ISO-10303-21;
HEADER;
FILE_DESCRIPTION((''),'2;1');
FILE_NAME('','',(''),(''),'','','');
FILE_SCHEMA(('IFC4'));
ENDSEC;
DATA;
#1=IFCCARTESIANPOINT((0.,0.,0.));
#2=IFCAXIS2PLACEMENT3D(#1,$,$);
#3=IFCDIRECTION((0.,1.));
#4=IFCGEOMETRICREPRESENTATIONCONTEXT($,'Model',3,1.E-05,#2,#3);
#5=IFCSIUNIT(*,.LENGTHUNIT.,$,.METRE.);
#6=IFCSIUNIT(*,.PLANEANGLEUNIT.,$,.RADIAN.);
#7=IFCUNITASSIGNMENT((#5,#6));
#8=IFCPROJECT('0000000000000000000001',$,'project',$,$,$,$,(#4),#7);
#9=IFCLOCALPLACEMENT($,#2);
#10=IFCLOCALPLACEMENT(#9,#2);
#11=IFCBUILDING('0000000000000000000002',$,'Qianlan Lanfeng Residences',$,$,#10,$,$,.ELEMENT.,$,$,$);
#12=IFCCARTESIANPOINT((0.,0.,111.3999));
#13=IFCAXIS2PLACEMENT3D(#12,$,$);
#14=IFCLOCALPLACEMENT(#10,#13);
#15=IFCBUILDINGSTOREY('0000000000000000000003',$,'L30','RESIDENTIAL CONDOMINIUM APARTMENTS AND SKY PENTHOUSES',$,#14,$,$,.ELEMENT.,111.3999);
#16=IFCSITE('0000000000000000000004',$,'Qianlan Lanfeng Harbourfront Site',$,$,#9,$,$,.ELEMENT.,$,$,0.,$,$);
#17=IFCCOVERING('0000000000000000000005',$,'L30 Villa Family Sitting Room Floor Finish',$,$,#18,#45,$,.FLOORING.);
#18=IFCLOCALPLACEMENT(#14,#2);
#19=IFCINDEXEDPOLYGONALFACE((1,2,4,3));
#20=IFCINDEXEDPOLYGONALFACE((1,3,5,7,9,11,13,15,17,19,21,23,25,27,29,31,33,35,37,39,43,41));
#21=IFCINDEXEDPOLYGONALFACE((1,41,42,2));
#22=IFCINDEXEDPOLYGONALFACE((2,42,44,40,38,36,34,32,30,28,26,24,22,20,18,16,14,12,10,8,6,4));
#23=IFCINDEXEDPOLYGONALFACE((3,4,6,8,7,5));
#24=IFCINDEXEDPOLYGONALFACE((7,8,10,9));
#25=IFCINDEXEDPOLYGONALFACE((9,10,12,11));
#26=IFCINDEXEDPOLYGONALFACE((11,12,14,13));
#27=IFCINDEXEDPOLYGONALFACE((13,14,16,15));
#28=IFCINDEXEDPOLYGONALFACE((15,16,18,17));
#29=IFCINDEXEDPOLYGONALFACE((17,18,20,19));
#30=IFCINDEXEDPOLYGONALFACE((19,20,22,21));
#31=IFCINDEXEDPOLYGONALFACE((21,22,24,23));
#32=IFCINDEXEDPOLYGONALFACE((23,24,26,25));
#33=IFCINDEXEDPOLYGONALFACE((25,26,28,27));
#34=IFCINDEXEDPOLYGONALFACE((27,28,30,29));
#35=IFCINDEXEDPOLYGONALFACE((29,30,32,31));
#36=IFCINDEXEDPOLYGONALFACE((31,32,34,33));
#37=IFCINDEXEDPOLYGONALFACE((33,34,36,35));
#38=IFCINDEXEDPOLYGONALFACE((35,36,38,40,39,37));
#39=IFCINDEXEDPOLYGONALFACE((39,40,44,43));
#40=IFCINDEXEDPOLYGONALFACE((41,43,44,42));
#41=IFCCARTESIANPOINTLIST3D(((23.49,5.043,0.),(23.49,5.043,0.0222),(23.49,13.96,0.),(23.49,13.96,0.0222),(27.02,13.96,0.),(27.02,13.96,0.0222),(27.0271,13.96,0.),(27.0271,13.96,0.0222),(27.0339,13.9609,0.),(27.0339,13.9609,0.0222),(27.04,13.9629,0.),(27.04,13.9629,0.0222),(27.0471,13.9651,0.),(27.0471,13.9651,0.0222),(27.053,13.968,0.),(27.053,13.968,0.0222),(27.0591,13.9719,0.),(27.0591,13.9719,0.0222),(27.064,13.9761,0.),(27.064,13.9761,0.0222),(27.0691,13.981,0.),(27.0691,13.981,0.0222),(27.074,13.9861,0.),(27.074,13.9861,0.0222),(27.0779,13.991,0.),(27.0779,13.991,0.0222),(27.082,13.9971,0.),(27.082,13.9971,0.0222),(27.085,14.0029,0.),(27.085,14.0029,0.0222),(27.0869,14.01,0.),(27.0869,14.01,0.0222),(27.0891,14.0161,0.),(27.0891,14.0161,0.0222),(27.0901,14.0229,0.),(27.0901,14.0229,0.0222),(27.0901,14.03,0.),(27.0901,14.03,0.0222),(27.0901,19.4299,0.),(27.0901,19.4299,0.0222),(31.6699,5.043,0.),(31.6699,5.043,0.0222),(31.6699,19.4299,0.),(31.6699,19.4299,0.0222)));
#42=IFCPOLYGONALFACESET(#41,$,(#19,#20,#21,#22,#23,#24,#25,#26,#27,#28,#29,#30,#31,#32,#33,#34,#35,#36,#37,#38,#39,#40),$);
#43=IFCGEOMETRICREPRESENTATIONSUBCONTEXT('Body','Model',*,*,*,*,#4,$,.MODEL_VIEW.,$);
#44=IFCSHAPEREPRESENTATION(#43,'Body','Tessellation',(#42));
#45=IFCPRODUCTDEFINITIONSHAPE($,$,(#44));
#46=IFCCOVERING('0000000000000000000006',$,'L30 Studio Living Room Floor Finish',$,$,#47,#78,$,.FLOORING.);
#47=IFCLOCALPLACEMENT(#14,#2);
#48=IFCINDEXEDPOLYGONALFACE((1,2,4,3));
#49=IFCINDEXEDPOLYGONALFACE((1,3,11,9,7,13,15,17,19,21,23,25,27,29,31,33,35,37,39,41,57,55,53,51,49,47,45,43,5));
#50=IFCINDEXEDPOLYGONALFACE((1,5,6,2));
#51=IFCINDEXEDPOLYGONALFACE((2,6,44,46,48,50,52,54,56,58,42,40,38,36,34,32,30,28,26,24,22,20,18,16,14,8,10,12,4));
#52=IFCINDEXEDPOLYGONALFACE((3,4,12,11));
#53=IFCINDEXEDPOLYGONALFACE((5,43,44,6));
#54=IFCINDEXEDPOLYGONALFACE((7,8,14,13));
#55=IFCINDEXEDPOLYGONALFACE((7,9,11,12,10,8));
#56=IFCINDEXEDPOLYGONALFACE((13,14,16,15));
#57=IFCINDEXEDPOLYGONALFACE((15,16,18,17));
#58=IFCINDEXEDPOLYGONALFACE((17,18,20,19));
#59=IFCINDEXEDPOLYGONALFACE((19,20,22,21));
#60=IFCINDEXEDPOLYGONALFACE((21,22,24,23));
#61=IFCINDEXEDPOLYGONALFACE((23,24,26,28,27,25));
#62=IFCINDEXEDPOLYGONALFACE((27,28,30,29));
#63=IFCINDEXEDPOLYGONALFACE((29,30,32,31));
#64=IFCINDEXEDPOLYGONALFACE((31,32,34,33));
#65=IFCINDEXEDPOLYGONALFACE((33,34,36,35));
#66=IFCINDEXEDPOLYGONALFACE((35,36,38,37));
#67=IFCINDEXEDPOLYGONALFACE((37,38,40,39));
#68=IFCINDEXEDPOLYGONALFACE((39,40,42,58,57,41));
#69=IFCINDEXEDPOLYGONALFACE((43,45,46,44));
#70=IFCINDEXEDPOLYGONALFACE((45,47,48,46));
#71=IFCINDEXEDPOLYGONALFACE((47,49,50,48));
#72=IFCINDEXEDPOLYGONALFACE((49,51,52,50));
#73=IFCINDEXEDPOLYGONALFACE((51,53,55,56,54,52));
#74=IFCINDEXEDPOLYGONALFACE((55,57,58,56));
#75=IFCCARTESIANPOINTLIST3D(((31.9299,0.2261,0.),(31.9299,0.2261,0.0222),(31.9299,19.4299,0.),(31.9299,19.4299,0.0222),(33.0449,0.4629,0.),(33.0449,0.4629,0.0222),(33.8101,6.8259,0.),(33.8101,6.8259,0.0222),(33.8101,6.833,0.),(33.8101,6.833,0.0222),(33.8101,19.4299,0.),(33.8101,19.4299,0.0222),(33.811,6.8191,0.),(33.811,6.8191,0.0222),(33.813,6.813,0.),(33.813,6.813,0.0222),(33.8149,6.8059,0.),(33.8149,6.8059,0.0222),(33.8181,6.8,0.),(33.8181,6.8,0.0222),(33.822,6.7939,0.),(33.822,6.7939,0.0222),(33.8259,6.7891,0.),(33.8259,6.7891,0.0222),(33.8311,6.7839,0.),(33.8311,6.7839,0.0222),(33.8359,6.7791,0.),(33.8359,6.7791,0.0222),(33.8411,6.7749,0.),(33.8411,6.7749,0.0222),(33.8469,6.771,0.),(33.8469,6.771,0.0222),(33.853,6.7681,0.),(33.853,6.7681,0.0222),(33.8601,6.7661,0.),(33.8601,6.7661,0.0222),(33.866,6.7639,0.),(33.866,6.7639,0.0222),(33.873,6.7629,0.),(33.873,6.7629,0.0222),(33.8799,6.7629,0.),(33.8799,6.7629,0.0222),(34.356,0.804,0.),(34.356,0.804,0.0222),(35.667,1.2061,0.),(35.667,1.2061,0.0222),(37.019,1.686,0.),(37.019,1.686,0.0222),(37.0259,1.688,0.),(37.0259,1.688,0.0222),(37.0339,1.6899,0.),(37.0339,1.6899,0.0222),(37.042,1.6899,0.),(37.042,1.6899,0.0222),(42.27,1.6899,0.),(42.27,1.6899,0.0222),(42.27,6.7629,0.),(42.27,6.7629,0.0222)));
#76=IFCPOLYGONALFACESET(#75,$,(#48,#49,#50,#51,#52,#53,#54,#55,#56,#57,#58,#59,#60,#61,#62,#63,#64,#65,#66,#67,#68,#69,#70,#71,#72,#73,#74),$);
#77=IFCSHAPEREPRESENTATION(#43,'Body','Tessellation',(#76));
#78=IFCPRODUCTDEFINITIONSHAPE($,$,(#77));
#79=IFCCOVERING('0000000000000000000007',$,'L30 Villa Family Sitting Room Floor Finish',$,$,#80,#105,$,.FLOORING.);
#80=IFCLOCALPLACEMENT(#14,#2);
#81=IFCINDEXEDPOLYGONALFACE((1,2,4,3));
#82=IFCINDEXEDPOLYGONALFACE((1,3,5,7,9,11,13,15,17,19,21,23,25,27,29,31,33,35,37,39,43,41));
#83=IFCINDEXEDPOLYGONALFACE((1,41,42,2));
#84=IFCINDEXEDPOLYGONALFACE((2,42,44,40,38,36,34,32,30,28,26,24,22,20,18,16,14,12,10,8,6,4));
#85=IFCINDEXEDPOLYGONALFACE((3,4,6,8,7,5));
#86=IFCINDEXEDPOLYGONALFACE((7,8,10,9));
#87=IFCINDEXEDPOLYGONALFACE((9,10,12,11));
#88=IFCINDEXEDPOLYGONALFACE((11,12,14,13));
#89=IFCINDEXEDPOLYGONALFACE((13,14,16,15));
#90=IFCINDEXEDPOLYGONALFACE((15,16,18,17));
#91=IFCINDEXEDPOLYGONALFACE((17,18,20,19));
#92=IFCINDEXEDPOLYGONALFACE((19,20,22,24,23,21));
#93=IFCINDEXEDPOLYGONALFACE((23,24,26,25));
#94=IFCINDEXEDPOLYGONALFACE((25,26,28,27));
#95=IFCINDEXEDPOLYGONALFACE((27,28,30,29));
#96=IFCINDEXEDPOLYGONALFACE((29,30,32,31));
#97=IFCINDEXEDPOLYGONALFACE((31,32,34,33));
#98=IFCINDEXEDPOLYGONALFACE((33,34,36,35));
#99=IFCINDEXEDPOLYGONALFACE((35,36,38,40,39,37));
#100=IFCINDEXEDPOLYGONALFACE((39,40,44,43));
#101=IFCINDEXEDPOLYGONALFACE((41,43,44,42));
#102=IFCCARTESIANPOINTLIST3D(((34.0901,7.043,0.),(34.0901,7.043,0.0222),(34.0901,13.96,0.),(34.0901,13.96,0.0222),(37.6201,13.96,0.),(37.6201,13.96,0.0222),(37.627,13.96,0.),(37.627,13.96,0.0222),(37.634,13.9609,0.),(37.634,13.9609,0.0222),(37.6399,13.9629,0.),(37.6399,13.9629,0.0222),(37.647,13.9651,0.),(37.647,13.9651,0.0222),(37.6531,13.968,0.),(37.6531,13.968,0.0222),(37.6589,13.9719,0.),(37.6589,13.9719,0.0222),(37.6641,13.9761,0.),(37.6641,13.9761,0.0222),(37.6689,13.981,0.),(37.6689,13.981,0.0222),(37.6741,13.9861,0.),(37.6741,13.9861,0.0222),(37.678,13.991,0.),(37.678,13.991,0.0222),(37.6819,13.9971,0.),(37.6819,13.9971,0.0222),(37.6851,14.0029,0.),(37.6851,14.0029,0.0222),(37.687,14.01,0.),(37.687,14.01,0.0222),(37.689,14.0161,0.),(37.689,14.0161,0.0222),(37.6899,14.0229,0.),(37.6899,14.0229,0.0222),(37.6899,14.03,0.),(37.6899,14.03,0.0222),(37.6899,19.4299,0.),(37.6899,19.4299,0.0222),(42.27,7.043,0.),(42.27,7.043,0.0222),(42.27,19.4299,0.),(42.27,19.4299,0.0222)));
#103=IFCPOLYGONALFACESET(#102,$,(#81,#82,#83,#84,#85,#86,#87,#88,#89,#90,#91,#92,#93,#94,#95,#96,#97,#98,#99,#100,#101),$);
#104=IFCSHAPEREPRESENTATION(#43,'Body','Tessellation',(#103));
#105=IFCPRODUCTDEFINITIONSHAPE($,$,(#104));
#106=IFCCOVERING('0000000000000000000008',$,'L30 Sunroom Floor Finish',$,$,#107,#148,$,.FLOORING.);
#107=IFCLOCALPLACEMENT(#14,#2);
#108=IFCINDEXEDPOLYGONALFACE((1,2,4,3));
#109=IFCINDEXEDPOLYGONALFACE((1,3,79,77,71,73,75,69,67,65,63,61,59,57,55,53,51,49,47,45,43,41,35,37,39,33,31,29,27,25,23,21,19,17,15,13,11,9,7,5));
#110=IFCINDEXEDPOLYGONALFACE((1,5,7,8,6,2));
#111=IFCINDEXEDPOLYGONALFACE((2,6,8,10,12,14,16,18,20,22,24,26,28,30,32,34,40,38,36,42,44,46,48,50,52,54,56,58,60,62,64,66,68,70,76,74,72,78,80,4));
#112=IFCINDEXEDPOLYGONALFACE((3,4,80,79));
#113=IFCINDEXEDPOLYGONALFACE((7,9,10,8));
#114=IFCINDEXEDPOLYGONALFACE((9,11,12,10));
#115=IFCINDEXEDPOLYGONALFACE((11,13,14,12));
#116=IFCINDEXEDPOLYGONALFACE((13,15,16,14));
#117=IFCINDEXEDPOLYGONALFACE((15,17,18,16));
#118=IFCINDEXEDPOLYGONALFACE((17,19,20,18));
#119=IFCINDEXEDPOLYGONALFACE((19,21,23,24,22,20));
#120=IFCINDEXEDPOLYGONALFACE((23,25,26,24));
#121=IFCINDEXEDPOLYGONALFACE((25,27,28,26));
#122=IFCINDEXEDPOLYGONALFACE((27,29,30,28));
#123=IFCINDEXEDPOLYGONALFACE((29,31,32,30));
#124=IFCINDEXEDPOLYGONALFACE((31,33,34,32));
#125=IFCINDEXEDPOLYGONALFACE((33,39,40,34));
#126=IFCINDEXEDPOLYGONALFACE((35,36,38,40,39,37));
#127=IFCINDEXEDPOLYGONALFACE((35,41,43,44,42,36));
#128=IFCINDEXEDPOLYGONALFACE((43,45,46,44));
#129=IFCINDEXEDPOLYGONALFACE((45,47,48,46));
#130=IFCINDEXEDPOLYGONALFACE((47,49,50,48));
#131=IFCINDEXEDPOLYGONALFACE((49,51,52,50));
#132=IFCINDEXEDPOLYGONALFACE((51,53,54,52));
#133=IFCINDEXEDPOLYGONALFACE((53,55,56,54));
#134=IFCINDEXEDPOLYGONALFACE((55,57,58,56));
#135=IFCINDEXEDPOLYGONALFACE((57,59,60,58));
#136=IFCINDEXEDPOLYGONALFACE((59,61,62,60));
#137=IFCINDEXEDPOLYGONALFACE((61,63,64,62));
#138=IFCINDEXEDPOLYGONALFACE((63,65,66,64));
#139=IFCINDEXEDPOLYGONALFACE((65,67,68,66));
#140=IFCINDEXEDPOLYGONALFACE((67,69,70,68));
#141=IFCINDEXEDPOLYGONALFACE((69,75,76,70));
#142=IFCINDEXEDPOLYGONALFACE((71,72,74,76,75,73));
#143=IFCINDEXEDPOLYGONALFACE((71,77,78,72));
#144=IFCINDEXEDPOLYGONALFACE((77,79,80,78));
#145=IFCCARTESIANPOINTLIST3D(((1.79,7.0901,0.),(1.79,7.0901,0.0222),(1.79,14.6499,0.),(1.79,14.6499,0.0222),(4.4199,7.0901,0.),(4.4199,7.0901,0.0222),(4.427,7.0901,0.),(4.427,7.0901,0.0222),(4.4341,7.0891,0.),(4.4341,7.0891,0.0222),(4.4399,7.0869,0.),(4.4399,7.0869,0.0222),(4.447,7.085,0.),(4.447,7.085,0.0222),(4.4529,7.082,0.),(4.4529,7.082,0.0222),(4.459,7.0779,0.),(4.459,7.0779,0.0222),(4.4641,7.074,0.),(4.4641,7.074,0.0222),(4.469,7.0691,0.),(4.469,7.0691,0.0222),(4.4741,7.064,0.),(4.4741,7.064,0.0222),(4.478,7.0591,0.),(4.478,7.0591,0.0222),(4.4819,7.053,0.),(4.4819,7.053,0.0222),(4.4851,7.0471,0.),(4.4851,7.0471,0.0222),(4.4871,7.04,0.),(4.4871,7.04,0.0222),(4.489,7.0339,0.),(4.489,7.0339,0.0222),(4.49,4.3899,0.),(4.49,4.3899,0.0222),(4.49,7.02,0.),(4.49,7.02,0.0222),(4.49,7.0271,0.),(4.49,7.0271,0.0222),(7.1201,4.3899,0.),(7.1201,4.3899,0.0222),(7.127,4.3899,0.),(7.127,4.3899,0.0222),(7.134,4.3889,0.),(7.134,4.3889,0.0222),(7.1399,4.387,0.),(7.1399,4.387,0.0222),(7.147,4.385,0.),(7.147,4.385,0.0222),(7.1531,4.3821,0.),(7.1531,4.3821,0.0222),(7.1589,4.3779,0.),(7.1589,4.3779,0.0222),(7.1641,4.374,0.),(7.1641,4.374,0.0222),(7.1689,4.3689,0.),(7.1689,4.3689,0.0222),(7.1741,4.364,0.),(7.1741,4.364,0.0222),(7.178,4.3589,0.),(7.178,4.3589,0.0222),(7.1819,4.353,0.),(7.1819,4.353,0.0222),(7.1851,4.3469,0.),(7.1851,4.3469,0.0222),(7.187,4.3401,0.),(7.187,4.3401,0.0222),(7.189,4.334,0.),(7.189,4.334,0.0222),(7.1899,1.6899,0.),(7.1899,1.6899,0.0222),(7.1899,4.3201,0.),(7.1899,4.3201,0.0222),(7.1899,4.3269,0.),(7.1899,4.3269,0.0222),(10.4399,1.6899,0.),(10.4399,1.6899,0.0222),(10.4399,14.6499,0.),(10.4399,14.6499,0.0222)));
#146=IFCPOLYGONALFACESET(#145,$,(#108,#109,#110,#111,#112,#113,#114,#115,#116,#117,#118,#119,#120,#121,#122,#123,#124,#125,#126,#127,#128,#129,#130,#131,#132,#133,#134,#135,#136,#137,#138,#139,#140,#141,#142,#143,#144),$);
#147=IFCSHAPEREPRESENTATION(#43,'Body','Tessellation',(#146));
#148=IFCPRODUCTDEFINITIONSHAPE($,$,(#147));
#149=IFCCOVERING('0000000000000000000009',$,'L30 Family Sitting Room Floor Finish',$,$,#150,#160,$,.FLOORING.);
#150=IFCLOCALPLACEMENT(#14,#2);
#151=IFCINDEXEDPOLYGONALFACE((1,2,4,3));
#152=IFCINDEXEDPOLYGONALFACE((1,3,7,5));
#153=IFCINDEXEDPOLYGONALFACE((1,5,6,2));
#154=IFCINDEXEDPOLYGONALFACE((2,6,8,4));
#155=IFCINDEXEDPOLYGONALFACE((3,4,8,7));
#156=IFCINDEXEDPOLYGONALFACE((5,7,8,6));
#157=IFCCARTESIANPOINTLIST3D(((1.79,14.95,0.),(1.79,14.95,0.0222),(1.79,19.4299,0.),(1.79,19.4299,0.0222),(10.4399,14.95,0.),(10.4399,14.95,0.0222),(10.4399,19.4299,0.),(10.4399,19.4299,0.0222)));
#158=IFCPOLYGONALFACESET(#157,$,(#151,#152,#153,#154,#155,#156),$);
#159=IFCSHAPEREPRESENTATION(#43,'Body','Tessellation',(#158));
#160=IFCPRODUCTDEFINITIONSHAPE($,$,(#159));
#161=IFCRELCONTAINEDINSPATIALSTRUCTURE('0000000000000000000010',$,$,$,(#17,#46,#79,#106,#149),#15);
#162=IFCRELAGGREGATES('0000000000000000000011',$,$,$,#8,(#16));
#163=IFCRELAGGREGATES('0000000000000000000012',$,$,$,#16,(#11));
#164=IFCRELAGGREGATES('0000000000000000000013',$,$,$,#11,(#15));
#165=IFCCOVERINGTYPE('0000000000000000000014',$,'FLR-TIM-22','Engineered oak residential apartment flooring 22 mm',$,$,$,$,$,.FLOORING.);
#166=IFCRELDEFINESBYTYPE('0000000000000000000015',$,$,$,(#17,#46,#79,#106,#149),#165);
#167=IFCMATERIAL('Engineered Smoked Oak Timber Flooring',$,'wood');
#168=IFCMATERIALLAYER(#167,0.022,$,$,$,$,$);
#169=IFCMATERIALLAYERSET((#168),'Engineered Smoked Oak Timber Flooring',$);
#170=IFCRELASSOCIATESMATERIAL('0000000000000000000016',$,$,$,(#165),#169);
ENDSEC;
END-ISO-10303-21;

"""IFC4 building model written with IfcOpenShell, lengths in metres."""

from ifc_helpers import new_model, si_unit, direction, frame, origin, place, context, subcontext, project, spatial, polyline, outline, extrude, material, layer, layer_set, type_object, element, save


model = new_model("IFC4")

# Units and contexts
model_context = context("Model", 3, precision=1e-05, world=origin(), true_north=direction((0.0, 1.0)))
body_context = subcontext(model_context, "Body", "Model", "MODEL_VIEW")
ifc_project = project(units=[si_unit("LENGTHUNIT", "METRE"), si_unit("PLANEANGLEUNIT", "RADIAN")], contexts=[model_context])

# Site, building, storey
site_placement = place(None, origin())
site = spatial("IfcSite", under=ifc_project, at=site_placement, Name="Qianlan Lanfeng Harbourfront Site", CompositionType="ELEMENT", RefElevation=0.0)
building_placement = place(site_placement, origin())
building = spatial("IfcBuilding", under=site, at=building_placement, Name="Qianlan Lanfeng Residences", CompositionType="ELEMENT")
storey_placement = place(building_placement, frame((0.0, 0.0, 111.3999)))
storey = spatial("IfcBuildingStorey", under=building, at=storey_placement, Name="L30", Description="RESIDENTIAL CONDOMINIUM APARTMENTS AND SKY PENTHOUSES", CompositionType="ELEMENT", Elevation=111.3999)

# Coverings
ifc_material_1 = material(Name="Engineered Smoked Oak Timber Flooring", Category="wood")
ifc_layer_1 = layer(ifc_material_1, 0.022)
ifc_layer_set_1 = layer_set([ifc_layer_1], Name="Engineered Smoked Oak Timber Flooring")
covering_type_1 = type_object("IfcCoveringType", Name="FLR-TIM-22", Description="Engineered oak residential apartment flooring 22 mm", PredefinedType="FLOORING", material=ifc_layer_set_1)
covering_1_placement = place(storey_placement, origin())
element("IfcCovering", 1, at=covering_1_placement, inside=storey, type_object=covering_type_1, Name="L30 Villa Family Sitting Room Floor Finish", PredefinedType="FLOORING", context=body_context, shape_type="SweptSolid", body=[
    extrude(outline(polyline([(23.49, 5.043), (31.6699, 5.043), (31.6699, 19.4299), (27.0901, 19.4299), (27.0901, 14.03), (27.0901, 14.0229), (27.0891, 14.0161), (27.0869, 14.01), (27.085, 14.0029), (27.082, 13.9971), (27.0779, 13.991), (27.074, 13.9861), (27.0691, 13.981), (27.064, 13.9761), (27.0591, 13.9719), (27.053, 13.968), (27.0471, 13.9651), (27.04, 13.9629), (27.0339, 13.9609), (27.0271, 13.96), (27.02, 13.96), (23.49, 13.96), (23.49, 5.043)])), origin(), (0.0, 0.0, 1.0), 0.0222),
])
covering_2_placement = place(storey_placement, origin())
element("IfcCovering", 2, at=covering_2_placement, inside=storey, type_object=covering_type_1, Name="L30 Studio Living Room Floor Finish", PredefinedType="FLOORING", context=body_context, shape_type="SweptSolid", body=[
    extrude(outline(polyline([(42.27, 1.6899), (42.27, 6.7629), (33.8799, 6.7629), (33.873, 6.7629), (33.866, 6.7639), (33.8601, 6.7661), (33.853, 6.7681), (33.8469, 6.771), (33.8411, 6.7749), (33.8359, 6.7791), (33.8311, 6.7839), (33.8259, 6.7891), (33.822, 6.7939), (33.8181, 6.8), (33.8149, 6.8059), (33.813, 6.813), (33.811, 6.8191), (33.8101, 6.8259), (33.8101, 6.833), (33.8101, 19.4299), (31.9299, 19.4299), (31.9299, 0.2261), (33.0449, 0.4629), (34.356, 0.804), (35.667, 1.2061), (37.019, 1.686), (37.0259, 1.688), (37.0339, 1.6899), (37.042, 1.6899), (42.27, 1.6899)])), origin(), (0.0, 0.0, 1.0), 0.0222),
])
covering_3_placement = place(storey_placement, origin())
element("IfcCovering", 3, at=covering_3_placement, inside=storey, type_object=covering_type_1, Name="L30 Villa Family Sitting Room Floor Finish", PredefinedType="FLOORING", context=body_context, shape_type="SweptSolid", body=[
    extrude(outline(polyline([(34.0901, 7.043), (42.27, 7.043), (42.27, 19.4299), (37.6899, 19.4299), (37.6899, 14.03), (37.6899, 14.0229), (37.689, 14.0161), (37.687, 14.01), (37.6851, 14.0029), (37.6819, 13.9971), (37.678, 13.991), (37.6741, 13.9861), (37.6689, 13.981), (37.6641, 13.9761), (37.6589, 13.9719), (37.6531, 13.968), (37.647, 13.9651), (37.6399, 13.9629), (37.634, 13.9609), (37.627, 13.96), (37.6201, 13.96), (34.0901, 13.96), (34.0901, 7.043)])), origin(), (0.0, 0.0, 1.0), 0.0222),
])
covering_4_placement = place(storey_placement, origin())
element("IfcCovering", 4, at=covering_4_placement, inside=storey, type_object=covering_type_1, Name="L30 Sunroom Floor Finish", PredefinedType="FLOORING", context=body_context, shape_type="SweptSolid", body=[
    extrude(outline(polyline([(10.4399, 14.6499), (1.79, 14.6499), (1.79, 7.0901), (4.4199, 7.0901), (4.427, 7.0901), (4.4341, 7.0891), (4.4399, 7.0869), (4.447, 7.085), (4.4529, 7.082), (4.459, 7.0779), (4.4641, 7.074), (4.469, 7.0691), (4.4741, 7.064), (4.478, 7.0591), (4.4819, 7.053), (4.4851, 7.0471), (4.4871, 7.04), (4.489, 7.0339), (4.49, 7.0271), (4.49, 7.02), (4.49, 4.3899), (7.1201, 4.3899), (7.127, 4.3899), (7.134, 4.3889), (7.1399, 4.387), (7.147, 4.385), (7.1531, 4.3821), (7.1589, 4.3779), (7.1641, 4.374), (7.1689, 4.3689), (7.1741, 4.364), (7.178, 4.3589), (7.1819, 4.353), (7.1851, 4.3469), (7.187, 4.3401), (7.189, 4.334), (7.1899, 4.3269), (7.1899, 4.3201), (7.1899, 1.6899), (10.4399, 1.6899), (10.4399, 14.6499)])), origin(), (0.0, 0.0, 1.0), 0.0222),
])
covering_5_placement = place(storey_placement, origin())
element("IfcCovering", 5, at=covering_5_placement, inside=storey, type_object=covering_type_1, Name="L30 Family Sitting Room Floor Finish", PredefinedType="FLOORING", context=body_context, shape_type="SweptSolid", body=[
    extrude(outline(polyline([(10.4399, 19.4299), (1.79, 19.4299), (1.79, 14.95), (10.4399, 14.95), (10.4399, 19.4299)])), origin(), (0.0, 0.0, 1.0), 0.0222),
])

save(model, "model.ifc")
